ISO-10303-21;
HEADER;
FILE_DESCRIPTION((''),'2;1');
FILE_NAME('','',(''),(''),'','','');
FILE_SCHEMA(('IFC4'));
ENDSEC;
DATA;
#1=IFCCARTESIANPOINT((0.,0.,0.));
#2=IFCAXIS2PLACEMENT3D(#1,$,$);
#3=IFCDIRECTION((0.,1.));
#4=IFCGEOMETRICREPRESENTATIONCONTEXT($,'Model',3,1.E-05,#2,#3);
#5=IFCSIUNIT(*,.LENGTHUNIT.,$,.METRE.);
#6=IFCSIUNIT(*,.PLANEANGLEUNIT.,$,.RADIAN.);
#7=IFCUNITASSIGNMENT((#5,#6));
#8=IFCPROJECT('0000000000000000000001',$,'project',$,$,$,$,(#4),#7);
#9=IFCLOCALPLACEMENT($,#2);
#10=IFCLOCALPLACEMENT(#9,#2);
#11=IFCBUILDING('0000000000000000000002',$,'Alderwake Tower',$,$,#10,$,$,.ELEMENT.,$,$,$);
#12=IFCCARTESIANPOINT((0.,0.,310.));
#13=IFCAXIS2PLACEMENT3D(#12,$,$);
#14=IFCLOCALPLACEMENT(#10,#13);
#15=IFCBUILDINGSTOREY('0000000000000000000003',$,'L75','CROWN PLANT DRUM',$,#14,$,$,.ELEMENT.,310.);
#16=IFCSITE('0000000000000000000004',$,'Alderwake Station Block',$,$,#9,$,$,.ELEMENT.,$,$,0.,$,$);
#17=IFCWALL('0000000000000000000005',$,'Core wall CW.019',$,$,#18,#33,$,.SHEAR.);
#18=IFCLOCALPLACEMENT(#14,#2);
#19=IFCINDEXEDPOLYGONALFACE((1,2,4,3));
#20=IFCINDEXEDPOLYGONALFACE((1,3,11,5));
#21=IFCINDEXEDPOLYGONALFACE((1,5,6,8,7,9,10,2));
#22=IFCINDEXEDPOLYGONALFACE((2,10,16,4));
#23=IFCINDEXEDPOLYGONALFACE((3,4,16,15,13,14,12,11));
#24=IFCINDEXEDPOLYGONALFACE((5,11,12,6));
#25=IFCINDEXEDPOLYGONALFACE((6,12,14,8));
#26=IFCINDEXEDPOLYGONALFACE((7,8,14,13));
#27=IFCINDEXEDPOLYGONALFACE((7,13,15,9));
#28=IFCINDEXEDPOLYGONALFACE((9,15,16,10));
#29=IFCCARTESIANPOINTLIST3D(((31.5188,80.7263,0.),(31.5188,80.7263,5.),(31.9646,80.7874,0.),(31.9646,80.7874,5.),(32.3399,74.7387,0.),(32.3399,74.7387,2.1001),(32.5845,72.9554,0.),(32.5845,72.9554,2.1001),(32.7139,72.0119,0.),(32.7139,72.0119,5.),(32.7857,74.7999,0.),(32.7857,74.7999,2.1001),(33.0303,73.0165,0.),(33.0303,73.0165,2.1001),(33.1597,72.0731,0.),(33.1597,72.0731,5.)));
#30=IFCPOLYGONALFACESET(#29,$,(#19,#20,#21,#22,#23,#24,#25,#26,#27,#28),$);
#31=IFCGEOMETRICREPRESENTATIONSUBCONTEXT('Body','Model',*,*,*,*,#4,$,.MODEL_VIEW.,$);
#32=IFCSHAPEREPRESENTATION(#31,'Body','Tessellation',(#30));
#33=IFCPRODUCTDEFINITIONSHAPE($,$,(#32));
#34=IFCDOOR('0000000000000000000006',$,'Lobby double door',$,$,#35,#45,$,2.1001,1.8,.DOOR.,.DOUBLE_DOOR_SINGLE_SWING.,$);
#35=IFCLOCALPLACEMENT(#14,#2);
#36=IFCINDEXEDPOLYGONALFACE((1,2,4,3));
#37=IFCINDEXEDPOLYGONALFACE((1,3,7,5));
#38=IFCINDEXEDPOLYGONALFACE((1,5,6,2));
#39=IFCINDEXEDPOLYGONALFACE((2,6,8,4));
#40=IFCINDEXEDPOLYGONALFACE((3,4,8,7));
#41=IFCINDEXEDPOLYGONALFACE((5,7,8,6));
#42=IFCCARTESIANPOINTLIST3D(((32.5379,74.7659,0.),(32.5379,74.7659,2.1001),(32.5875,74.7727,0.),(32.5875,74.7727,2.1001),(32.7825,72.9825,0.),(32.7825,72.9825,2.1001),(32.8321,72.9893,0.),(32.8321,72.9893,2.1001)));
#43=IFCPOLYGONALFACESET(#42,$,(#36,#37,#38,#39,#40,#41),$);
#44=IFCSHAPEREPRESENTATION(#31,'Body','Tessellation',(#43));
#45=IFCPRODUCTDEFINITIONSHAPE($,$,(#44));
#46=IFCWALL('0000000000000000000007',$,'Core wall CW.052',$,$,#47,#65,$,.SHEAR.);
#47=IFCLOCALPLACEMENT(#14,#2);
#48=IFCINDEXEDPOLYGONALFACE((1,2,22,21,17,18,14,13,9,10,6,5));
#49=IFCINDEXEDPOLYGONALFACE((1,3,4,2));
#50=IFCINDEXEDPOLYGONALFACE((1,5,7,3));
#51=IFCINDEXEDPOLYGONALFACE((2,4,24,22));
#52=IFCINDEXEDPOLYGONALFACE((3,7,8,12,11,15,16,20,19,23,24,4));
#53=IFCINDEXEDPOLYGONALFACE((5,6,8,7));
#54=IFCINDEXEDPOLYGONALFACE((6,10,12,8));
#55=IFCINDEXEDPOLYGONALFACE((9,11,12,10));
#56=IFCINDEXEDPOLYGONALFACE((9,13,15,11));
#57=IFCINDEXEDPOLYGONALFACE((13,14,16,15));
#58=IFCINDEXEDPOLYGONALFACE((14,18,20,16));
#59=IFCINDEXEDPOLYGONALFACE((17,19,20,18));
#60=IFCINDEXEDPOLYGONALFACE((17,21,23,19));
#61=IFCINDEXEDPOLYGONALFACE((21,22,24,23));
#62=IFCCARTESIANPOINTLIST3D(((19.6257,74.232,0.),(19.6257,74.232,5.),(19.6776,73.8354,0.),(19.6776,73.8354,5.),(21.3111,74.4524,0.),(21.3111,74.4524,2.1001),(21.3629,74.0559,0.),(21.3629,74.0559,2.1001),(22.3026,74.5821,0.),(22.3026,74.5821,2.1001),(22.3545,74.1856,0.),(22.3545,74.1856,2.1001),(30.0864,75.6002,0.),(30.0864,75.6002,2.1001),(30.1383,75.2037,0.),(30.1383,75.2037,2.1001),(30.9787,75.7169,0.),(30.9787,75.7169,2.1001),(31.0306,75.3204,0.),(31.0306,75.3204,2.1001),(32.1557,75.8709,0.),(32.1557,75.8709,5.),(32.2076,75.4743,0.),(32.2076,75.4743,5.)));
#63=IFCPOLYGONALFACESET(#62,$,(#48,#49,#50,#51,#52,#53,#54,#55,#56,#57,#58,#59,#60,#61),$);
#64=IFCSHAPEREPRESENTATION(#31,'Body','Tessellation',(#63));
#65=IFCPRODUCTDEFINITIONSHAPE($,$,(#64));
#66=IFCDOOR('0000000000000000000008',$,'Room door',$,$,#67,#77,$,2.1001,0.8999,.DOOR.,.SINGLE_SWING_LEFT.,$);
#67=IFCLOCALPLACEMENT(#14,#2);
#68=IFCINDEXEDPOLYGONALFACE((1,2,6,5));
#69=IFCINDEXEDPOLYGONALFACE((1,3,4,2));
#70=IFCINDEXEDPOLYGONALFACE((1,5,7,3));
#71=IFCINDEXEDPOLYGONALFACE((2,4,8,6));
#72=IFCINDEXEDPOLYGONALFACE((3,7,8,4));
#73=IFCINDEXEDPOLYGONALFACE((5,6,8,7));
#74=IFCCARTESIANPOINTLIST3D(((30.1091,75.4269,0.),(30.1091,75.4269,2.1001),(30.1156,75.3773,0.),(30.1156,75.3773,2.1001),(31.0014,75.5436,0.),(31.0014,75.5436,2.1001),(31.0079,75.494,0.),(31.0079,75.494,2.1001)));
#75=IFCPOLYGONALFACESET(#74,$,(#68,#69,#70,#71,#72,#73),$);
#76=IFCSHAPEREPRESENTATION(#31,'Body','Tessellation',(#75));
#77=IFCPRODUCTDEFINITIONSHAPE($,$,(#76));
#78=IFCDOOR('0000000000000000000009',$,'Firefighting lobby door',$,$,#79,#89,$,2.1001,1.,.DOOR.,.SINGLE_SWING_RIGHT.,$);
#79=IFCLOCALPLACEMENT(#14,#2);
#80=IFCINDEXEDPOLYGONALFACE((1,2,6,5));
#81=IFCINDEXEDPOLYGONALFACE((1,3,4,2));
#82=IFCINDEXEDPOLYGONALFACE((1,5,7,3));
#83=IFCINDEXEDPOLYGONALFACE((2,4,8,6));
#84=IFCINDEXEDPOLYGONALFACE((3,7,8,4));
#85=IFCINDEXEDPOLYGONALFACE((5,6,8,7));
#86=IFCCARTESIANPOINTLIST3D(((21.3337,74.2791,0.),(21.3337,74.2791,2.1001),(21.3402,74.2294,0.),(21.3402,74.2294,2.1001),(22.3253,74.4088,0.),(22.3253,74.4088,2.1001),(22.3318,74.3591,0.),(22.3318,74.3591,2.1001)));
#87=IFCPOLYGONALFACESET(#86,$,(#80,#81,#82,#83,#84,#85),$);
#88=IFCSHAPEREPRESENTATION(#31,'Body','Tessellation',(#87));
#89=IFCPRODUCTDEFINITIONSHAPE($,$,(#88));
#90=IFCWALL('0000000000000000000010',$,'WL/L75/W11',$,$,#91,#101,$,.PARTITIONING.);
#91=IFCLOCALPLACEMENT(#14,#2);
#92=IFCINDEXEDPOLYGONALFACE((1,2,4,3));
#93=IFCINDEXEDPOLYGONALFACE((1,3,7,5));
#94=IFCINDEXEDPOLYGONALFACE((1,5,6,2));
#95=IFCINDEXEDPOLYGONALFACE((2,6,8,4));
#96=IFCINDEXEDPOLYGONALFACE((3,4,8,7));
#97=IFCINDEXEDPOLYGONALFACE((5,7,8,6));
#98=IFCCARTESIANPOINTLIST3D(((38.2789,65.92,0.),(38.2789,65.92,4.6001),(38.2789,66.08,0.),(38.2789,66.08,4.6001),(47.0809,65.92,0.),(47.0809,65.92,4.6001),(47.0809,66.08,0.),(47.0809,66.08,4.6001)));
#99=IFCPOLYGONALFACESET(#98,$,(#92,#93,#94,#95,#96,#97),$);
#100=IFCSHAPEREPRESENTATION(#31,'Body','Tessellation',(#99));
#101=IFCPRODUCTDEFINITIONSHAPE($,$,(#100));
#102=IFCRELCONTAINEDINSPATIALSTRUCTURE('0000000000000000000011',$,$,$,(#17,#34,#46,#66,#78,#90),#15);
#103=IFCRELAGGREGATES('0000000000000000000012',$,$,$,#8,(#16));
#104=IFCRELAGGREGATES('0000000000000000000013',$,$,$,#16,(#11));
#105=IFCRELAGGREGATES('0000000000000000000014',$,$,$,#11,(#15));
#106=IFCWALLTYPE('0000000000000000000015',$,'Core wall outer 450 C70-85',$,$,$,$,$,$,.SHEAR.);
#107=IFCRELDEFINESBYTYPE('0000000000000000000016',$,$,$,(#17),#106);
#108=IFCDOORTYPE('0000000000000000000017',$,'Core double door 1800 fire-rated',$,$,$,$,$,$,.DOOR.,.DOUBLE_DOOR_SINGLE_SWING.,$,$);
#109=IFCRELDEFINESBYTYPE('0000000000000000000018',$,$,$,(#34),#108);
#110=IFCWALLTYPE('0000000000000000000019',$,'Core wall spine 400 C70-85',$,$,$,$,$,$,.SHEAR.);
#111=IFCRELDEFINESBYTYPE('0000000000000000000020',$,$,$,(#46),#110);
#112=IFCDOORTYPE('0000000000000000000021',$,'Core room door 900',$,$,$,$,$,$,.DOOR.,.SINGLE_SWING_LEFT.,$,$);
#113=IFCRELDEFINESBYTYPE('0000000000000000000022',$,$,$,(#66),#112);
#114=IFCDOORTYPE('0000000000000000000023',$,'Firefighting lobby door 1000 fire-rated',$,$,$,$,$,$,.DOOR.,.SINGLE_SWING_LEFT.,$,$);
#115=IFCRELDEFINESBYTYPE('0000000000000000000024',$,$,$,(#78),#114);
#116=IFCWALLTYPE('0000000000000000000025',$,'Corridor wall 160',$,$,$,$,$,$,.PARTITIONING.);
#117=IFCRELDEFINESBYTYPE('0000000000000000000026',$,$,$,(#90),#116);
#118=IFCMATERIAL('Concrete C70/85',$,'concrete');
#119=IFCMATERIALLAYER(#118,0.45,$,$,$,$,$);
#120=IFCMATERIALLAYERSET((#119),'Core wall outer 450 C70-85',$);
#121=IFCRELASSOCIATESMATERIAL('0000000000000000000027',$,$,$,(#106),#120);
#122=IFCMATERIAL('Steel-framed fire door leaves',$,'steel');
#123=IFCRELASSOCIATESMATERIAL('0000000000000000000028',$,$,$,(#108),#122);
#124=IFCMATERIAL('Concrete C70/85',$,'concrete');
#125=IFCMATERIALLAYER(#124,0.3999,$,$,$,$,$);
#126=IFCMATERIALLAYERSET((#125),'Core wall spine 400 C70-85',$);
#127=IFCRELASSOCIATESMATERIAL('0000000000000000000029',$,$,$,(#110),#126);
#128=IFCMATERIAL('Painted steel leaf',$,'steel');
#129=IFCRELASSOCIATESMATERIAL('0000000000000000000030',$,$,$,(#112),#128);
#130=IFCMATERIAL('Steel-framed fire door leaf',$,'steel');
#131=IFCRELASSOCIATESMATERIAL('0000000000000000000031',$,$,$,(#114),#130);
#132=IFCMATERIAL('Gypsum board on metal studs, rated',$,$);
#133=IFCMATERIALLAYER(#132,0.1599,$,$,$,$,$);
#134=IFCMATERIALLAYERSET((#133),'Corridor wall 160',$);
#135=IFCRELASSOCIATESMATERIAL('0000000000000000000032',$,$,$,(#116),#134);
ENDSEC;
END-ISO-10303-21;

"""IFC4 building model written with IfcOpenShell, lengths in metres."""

from ifc_helpers import new_model, si_unit, direction, frame, frame_2d, origin, place, context, subcontext, project, spatial, rectangle, extrude, material, layer, layer_set, type_object, element, fill, save


model = new_model("IFC4")

# Units and contexts
model_context = context("Model", 3, precision=1e-05, world=origin(), true_north=direction((0.0, 1.0)))
body_context = subcontext(model_context, "Body", "Model", "MODEL_VIEW")
ifc_project = project(units=[si_unit("LENGTHUNIT", "METRE"), si_unit("PLANEANGLEUNIT", "RADIAN")], contexts=[model_context])

# Site, building, storey
site_placement = place(None, origin())
site = spatial("IfcSite", under=ifc_project, at=site_placement, Name="Alderwake Station Block", CompositionType="ELEMENT", RefElevation=0.0)
building_placement = place(site_placement, origin())
building = spatial("IfcBuilding", under=site, at=building_placement, Name="Alderwake Tower", CompositionType="ELEMENT")
storey_placement = place(building_placement, frame((0.0, 0.0, 310.0)))
storey = spatial("IfcBuildingStorey", under=building, at=storey_placement, Name="L75", Description="CROWN PLANT DRUM", CompositionType="ELEMENT", Elevation=310.0)

# Shared definitions
ifc_material_1 = material(Name="Concrete C70/85", Category="concrete")
ifc_layer_1 = layer(ifc_material_1, 0.45)
ifc_layer_set_1 = layer_set([ifc_layer_1], Name="Core wall outer 450 C70-85")
wall_type_1 = type_object("IfcWallType", Name="Core wall outer 450 C70-85", PredefinedType="SHEAR", material=ifc_layer_set_1)

# Wall, opening, door
wall_1_placement = place(storey_placement, frame((31.7417, 80.7568, 0.0), z_axis=(0.0, 0.0, 1.0), x_axis=(0.135866, -0.990727, 0.0)))
wall_1 = element("IfcWall", 1, at=wall_1_placement, inside=storey, type_object=wall_type_1, Name="Core wall CW.019", PredefinedType="SHEAR", context=body_context, shape_type="SweptSolid", body=[
    extrude(rectangle(XDim=8.7959, YDim=0.45, at=frame_2d((4.3979, 0.0))), origin(), (0.0, 0.0, 1.0), 5.0),
])
opening_1_placement = place(wall_1_placement, frame((6.0437, 0.0, 0.0)))
opening_1 = element("IfcOpeningElement", 2, at=opening_1_placement, cuts=wall_1, PredefinedType="OPENING", context=body_context, shape_type="SweptSolid", body=[
    extrude(rectangle(XDim=1.8, YDim=2.1001, at=frame_2d((0.8999, 1.05))), frame((0.0, 0.2349, 0.0), z_axis=(0.0, -1.0, 0.0), x_axis=(1.0, 0.0, 0.0)), (0.0, 0.0, 1.0), 0.47),
])
ifc_material_2 = material(Name="Steel-framed fire door leaves", Category="steel")
door_type_1 = type_object("IfcDoorType", Name="Core double door 1800 fire-rated", OperationType="DOUBLE_DOOR_SINGLE_SWING", PredefinedType="DOOR", material=ifc_material_2)
door_1_placement = place(opening_1_placement, origin())
door_1 = element("IfcDoor", 3, at=door_1_placement, inside=storey, type_object=door_type_1, Name="Lobby double door", OperationType="DOUBLE_DOOR_SINGLE_SWING", OverallHeight=2.1001, OverallWidth=1.8, PredefinedType="DOOR", context=body_context, shape_type="SweptSolid", body=[
    extrude(rectangle(XDim=1.8, YDim=2.1001, at=frame_2d((0.8999, 1.05))), frame((0.0, 0.0249, 0.0), z_axis=(0.0, -1.0, 0.0), x_axis=(1.0, 0.0, 0.0)), (0.0, 0.0, 1.0), 0.05),
])
fill(opening_1, door_1)

# Wall, openings, doors
ifc_material_3 = material(Name="Concrete C70/85", Category="concrete")
ifc_layer_2 = layer(ifc_material_3, 0.3999)
ifc_layer_set_2 = layer_set([ifc_layer_2], Name="Core wall spine 400 C70-85")
wall_type_2 = type_object("IfcWallType", Name="Core wall spine 400 C70-85", PredefinedType="SHEAR", material=ifc_layer_set_2)
wall_2_placement = place(storey_placement, frame((32.1816, 75.6726, 0.0), z_axis=(0.0, 0.0, 1.0), x_axis=(-0.991554, -0.129694, 0.0)))
wall_2 = element("IfcWall", 4, at=wall_2_placement, inside=storey, type_object=wall_type_2, Name="Core wall CW.052", PredefinedType="SHEAR", context=body_context, shape_type="SweptSolid", body=[
    extrude(rectangle(XDim=12.6367, YDim=0.3999, at=frame_2d((6.3184, 0.0))), origin(), (0.0, 0.0, 1.0), 5.0),
])
opening_2_placement = place(wall_2_placement, frame((9.937, 0.0, 0.0)))
opening_2 = element("IfcOpeningElement", 5, at=opening_2_placement, cuts=wall_2, PredefinedType="OPENING", context=body_context, shape_type="SweptSolid", body=[
    extrude(rectangle(XDim=1.0, YDim=2.1001, at=frame_2d((0.5, 1.05))), frame((0.0, 0.21, 0.0), z_axis=(0.0, -1.0, 0.0), x_axis=(1.0, 0.0, 0.0)), (0.0, 0.0, 1.0), 0.4199),
])
opening_3_placement = place(wall_2_placement, frame((1.187, 0.0, 0.0)))
opening_3 = element("IfcOpeningElement", 6, at=opening_3_placement, cuts=wall_2, PredefinedType="OPENING", context=body_context, shape_type="SweptSolid", body=[
    extrude(rectangle(XDim=0.8999, YDim=2.1001, at=frame_2d((0.45, 1.05))), frame((0.0, 0.21, 0.0), z_axis=(0.0, -1.0, 0.0), x_axis=(1.0, 0.0, 0.0)), (0.0, 0.0, 1.0), 0.4199),
])
ifc_material_4 = material(Name="Painted steel leaf", Category="steel")
door_type_2 = type_object("IfcDoorType", Name="Core room door 900", OperationType="SINGLE_SWING_LEFT", PredefinedType="DOOR", material=ifc_material_4)
door_2_placement = place(opening_3_placement, origin())
door_2 = element("IfcDoor", 7, at=door_2_placement, inside=storey, type_object=door_type_2, Name="Room door", OperationType="SINGLE_SWING_LEFT", OverallHeight=2.1001, OverallWidth=0.8999, PredefinedType="DOOR", context=body_context, shape_type="SweptSolid", body=[
    extrude(rectangle(XDim=0.8999, YDim=2.1001, at=frame_2d((0.45, 1.05))), frame((0.0, 0.0249, 0.0), z_axis=(0.0, -1.0, 0.0), x_axis=(1.0, 0.0, 0.0)), (0.0, 0.0, 1.0), 0.05),
])
fill(opening_3, door_2)
ifc_material_5 = material(Name="Steel-framed fire door leaf", Category="steel")
door_type_3 = type_object("IfcDoorType", Name="Firefighting lobby door 1000 fire-rated", OperationType="SINGLE_SWING_LEFT", PredefinedType="DOOR", material=ifc_material_5)
door_3_placement = place(opening_2_placement, origin())
door_3 = element("IfcDoor", 8, at=door_3_placement, inside=storey, type_object=door_type_3, Name="Firefighting lobby door", OperationType="SINGLE_SWING_RIGHT", OverallHeight=2.1001, OverallWidth=1.0, PredefinedType="DOOR", context=body_context, shape_type="SweptSolid", body=[
    extrude(rectangle(XDim=1.0, YDim=2.1001, at=frame_2d((0.5, 1.05))), frame((0.0, 0.0249, 0.0), z_axis=(0.0, -1.0, 0.0), x_axis=(1.0, 0.0, 0.0)), (0.0, 0.0, 1.0), 0.05),
])
fill(opening_2, door_3)

# Wall
ifc_material_6 = material(Name="Gypsum board on metal studs, rated")
ifc_layer_3 = layer(ifc_material_6, 0.1599)
ifc_layer_set_3 = layer_set([ifc_layer_3], Name="Corridor wall 160")
wall_type_3 = type_object("IfcWallType", Name="Corridor wall 160", PredefinedType="PARTITIONING", material=ifc_layer_set_3)
wall_3_placement = place(storey_placement, frame((38.2791, 66.0, 0.0), z_axis=(0.0, 0.0, 1.0), x_axis=(1.0, 0.0, 0.0)))
element("IfcWall", 9, at=wall_3_placement, inside=storey, type_object=wall_type_3, Name="WL/L75/W11", PredefinedType="PARTITIONING", context=body_context, shape_type="SweptSolid", body=[
    extrude(rectangle(XDim=8.802, YDim=0.1599, at=frame_2d((4.4009, 0.0))), origin(), (0.0, 0.0, 1.0), 4.6001),
])

save(model, "model.ifc")
